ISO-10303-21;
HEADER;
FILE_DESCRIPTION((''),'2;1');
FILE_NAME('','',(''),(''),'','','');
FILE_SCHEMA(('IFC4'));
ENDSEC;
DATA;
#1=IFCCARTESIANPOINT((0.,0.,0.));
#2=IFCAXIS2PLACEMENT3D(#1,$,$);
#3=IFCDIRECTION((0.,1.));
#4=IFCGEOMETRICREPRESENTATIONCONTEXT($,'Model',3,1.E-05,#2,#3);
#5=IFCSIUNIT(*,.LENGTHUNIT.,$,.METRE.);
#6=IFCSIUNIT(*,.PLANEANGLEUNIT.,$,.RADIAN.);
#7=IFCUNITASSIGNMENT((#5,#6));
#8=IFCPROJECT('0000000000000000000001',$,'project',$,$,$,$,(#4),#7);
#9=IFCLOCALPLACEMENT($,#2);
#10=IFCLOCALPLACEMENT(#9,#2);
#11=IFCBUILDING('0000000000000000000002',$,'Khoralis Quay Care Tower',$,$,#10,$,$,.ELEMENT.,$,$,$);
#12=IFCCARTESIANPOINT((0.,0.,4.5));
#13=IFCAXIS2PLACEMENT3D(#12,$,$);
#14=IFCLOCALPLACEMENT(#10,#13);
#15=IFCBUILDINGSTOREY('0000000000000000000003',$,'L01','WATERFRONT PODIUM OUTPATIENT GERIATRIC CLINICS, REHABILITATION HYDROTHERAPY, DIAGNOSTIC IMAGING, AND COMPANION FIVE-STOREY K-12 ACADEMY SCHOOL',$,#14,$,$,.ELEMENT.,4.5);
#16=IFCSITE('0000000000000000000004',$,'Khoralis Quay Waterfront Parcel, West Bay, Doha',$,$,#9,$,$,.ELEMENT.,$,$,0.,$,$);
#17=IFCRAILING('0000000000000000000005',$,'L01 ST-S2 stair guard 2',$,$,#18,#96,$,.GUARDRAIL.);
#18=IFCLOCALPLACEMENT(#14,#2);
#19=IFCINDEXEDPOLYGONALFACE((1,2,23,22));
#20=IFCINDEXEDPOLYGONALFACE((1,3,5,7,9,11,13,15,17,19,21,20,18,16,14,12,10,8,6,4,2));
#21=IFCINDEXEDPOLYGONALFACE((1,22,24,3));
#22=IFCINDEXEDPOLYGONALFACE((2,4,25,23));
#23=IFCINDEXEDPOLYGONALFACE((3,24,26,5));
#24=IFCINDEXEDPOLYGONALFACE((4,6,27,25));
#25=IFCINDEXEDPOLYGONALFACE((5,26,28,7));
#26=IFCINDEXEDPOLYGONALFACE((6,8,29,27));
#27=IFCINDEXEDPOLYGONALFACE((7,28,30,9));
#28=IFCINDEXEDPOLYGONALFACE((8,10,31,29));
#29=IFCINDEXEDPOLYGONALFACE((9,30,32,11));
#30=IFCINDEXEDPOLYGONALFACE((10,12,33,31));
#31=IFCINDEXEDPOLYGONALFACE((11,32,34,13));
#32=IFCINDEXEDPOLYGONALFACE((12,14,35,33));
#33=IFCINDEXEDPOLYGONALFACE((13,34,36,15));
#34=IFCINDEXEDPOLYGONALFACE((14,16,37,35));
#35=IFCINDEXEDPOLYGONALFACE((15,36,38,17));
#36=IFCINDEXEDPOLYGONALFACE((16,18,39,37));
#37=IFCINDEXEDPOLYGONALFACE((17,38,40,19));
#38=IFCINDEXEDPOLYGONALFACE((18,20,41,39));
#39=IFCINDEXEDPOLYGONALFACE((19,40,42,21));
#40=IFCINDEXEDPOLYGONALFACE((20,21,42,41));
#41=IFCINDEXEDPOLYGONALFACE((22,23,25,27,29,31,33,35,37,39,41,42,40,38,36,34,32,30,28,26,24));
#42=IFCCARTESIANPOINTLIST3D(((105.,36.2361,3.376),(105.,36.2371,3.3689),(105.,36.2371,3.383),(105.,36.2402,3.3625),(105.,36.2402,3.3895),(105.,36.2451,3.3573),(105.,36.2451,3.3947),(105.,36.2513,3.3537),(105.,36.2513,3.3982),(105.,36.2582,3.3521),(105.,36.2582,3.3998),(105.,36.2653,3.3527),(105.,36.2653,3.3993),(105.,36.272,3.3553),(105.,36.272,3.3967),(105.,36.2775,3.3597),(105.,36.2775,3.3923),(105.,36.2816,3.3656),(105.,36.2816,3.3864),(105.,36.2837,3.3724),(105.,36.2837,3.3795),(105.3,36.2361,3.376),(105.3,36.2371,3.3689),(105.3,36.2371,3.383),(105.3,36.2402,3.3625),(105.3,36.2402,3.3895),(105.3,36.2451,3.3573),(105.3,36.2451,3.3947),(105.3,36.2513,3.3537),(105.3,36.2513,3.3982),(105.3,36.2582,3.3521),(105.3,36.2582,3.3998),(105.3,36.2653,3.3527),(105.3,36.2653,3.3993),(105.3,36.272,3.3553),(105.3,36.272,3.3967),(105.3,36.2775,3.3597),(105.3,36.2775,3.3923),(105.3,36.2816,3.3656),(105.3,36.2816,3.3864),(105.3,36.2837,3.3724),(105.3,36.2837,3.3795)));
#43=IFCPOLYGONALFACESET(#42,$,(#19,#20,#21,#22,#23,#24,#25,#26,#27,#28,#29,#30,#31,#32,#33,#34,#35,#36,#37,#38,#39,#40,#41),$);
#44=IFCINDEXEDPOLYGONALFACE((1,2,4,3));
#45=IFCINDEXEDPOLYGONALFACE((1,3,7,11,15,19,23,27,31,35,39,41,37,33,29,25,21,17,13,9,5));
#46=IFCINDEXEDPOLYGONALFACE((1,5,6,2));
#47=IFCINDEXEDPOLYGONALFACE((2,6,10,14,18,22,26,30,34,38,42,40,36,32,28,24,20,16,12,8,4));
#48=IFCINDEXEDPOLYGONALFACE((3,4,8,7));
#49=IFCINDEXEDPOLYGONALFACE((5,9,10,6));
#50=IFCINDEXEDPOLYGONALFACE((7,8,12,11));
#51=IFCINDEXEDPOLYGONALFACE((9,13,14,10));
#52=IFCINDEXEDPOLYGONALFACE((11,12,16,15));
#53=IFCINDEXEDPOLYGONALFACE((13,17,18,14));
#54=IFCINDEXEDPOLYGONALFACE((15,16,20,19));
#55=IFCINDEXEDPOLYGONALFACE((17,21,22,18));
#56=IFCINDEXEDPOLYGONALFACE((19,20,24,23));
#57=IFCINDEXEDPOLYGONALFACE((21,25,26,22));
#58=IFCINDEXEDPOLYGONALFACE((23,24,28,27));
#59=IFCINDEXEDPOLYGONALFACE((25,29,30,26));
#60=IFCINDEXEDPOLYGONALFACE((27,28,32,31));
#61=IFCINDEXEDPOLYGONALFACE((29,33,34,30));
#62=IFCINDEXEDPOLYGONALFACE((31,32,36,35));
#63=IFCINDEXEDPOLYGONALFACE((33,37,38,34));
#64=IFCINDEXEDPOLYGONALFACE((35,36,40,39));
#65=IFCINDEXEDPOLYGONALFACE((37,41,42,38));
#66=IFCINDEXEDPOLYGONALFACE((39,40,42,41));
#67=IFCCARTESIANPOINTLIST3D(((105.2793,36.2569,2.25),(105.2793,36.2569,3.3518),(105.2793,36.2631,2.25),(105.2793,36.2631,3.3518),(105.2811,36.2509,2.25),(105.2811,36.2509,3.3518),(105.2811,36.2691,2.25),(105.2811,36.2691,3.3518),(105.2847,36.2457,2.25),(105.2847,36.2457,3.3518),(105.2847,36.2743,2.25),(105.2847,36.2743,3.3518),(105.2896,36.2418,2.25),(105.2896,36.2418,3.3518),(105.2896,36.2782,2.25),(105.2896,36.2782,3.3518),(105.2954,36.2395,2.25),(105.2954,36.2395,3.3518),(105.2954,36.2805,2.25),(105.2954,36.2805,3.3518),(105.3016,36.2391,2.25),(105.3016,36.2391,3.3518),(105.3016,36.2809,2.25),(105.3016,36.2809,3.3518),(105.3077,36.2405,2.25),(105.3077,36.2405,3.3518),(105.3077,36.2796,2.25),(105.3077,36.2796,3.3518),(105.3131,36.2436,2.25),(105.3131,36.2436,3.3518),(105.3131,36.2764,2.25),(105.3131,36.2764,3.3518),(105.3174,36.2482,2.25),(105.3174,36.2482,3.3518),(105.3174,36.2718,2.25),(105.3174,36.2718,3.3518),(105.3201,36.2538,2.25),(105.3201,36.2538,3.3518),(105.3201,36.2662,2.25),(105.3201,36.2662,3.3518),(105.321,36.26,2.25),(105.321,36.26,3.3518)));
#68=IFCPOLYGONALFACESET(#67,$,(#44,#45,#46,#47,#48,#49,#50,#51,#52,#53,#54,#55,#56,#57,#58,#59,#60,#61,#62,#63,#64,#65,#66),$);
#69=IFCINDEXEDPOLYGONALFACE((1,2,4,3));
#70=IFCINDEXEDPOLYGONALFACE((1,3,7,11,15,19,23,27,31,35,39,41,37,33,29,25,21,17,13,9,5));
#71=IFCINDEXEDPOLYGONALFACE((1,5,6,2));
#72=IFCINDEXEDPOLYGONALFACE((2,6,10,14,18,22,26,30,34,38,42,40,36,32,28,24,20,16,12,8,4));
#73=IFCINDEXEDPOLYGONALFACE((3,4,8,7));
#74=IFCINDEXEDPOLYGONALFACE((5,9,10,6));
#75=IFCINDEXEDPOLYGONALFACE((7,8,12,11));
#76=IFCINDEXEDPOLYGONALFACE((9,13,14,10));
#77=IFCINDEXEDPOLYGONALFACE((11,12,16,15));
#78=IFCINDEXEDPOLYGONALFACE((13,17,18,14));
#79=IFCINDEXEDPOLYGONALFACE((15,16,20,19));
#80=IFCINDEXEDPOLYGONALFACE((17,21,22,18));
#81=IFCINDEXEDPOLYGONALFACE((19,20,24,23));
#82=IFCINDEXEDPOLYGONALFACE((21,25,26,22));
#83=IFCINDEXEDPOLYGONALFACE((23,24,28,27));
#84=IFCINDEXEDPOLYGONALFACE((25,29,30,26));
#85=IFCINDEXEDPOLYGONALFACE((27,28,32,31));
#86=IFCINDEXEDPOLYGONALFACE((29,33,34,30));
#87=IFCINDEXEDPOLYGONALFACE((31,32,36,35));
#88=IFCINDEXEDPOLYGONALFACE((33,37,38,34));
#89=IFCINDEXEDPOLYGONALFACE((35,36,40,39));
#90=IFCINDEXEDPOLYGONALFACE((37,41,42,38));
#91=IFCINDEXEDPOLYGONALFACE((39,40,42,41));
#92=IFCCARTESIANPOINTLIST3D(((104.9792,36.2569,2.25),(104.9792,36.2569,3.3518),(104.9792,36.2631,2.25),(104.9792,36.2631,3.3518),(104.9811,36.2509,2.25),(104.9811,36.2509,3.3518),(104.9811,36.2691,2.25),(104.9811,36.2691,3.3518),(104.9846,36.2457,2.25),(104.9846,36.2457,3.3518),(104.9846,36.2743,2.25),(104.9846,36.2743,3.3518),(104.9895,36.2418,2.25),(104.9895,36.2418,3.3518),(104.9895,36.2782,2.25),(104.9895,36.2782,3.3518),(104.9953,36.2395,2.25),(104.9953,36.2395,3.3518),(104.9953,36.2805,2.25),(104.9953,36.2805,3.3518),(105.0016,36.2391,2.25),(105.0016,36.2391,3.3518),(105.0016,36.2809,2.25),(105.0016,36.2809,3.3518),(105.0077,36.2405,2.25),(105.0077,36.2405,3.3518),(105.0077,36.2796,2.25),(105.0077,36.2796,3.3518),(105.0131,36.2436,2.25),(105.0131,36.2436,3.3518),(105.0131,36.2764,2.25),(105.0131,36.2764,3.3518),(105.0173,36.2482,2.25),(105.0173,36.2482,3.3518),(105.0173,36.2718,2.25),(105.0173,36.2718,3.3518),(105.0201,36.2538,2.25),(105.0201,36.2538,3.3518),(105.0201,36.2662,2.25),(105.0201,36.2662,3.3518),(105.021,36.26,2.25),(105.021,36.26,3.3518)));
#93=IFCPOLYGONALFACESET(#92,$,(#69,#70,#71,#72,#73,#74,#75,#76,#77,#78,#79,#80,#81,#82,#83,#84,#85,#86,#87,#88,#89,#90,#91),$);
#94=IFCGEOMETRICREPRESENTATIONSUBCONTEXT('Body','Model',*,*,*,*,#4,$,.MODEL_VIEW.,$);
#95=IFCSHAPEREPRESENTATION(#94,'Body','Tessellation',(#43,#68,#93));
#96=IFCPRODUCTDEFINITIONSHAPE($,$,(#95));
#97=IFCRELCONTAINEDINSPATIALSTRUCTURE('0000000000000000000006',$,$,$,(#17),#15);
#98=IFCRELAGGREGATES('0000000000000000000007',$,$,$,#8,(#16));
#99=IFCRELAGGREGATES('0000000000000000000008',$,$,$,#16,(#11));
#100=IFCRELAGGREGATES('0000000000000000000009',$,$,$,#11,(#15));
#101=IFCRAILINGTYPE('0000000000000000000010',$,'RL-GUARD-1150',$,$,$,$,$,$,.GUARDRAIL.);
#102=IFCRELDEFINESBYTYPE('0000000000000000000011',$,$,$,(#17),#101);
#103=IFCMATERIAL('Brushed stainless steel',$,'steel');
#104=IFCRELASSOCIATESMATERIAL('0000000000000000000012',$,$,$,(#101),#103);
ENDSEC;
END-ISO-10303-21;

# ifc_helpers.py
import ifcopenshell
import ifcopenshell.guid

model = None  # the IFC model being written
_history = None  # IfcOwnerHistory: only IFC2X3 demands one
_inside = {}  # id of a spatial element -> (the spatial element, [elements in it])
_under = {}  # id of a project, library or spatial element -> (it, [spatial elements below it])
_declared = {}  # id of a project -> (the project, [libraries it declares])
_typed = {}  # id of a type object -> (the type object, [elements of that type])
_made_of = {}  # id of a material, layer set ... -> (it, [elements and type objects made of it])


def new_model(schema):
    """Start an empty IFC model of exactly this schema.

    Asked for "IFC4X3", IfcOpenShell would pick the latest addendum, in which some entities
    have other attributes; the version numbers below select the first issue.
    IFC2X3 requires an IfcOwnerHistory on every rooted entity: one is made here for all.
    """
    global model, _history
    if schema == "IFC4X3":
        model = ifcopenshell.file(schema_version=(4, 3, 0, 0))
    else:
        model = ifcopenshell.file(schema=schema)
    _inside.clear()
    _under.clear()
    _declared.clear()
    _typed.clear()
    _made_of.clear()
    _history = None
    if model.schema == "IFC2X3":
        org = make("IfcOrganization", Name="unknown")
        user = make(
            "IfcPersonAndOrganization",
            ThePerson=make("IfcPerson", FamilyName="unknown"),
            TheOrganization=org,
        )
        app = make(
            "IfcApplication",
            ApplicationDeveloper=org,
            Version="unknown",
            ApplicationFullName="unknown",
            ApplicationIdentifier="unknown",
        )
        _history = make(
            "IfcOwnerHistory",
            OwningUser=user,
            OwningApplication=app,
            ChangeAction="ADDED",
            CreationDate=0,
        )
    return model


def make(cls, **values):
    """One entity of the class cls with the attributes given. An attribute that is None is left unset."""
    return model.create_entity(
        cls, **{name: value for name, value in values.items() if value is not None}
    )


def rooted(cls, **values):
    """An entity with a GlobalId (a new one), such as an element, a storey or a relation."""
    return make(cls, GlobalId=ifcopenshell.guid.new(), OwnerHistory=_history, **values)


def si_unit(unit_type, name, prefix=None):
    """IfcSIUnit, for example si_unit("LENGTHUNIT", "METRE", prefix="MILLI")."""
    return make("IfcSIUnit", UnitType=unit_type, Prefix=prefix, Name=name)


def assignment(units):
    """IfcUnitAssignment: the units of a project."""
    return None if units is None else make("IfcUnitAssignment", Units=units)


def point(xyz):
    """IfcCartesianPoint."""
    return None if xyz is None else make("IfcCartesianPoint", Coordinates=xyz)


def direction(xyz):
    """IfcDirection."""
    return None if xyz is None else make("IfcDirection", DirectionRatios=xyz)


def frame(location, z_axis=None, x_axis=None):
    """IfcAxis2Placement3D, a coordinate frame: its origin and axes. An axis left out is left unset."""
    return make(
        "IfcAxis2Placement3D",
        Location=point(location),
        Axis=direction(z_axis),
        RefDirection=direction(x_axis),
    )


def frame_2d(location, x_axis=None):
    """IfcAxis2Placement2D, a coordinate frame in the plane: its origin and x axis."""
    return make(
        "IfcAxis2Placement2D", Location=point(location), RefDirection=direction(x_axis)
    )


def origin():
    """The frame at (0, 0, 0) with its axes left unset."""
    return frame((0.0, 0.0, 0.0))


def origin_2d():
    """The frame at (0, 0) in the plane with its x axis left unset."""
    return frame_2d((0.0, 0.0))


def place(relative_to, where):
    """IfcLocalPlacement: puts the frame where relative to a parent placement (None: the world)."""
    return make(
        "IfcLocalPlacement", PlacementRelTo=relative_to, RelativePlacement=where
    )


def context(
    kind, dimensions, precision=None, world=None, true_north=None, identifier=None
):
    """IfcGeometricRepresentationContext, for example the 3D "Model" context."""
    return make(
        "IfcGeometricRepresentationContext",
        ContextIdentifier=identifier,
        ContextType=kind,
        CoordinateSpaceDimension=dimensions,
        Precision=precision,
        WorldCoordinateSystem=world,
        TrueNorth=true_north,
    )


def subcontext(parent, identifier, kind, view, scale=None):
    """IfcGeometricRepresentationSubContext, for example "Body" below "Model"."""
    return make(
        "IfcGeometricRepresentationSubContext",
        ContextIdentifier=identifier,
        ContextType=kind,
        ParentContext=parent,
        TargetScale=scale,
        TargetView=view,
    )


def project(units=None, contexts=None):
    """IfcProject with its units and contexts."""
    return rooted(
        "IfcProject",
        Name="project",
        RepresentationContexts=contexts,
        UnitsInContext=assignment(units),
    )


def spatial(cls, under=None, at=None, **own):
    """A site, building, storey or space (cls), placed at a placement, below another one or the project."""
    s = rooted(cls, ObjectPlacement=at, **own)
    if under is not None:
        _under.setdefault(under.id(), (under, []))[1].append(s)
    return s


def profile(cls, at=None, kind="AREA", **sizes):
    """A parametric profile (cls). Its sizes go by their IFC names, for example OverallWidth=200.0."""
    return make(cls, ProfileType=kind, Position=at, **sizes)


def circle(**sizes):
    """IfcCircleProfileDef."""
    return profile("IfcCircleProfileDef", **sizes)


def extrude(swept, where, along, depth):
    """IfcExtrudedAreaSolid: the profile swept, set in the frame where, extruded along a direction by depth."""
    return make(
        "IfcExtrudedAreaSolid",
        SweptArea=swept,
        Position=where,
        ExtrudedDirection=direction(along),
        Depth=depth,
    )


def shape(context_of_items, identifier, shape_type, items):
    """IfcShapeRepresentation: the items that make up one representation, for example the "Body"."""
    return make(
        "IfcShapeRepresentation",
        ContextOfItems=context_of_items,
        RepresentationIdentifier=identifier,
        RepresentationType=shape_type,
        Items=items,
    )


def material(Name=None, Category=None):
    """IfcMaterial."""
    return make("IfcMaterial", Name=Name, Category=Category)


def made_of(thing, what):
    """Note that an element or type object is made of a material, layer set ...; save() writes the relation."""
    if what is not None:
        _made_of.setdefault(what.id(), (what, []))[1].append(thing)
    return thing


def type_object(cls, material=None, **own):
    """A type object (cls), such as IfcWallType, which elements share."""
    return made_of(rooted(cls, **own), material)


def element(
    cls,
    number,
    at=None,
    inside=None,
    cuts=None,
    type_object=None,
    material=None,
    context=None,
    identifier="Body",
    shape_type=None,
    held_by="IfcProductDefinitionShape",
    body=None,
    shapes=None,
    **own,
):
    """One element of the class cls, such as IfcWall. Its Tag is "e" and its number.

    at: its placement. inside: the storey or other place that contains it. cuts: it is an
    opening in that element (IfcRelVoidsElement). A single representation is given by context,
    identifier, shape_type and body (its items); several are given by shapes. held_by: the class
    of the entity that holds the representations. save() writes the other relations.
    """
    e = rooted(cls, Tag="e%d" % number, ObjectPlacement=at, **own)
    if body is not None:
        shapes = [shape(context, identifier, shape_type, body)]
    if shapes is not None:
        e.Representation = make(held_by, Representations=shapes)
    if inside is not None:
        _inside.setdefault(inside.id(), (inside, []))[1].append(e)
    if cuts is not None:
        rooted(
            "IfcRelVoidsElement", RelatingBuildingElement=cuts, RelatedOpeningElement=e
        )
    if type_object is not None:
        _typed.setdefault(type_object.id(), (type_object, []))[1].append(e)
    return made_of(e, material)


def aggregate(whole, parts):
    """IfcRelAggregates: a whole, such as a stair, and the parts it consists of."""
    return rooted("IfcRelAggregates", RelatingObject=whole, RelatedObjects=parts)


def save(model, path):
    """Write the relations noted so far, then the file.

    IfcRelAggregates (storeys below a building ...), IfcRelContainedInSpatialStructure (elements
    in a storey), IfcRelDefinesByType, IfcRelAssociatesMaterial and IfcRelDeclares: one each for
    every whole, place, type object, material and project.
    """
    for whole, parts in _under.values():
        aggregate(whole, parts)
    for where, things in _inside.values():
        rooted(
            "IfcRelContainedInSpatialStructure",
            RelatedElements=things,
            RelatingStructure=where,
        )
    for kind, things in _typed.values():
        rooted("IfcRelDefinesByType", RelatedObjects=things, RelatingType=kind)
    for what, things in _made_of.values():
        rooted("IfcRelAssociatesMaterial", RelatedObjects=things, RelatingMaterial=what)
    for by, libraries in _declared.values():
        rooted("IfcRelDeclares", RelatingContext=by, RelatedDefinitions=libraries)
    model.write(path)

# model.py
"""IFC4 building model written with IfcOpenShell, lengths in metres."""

from ifc_helpers import new_model, si_unit, direction, frame, origin, origin_2d, place, context, subcontext, project, spatial, circle, extrude, material, type_object, element, save


model = new_model("IFC4")

# Units and contexts
model_context = context("Model", 3, precision=1e-05, world=origin(), true_north=direction((0.0, 1.0)))
body_context = subcontext(model_context, "Body", "Model", "MODEL_VIEW")
ifc_project = project(units=[si_unit("LENGTHUNIT", "METRE"), si_unit("PLANEANGLEUNIT", "RADIAN")], contexts=[model_context])

# Site, building, storey
site_placement = place(None, origin())
site = spatial("IfcSite", under=ifc_project, at=site_placement, Name="Khoralis Quay Waterfront Parcel, West Bay, Doha", CompositionType="ELEMENT", RefElevation=0.0)
building_placement = place(site_placement, origin())
building = spatial("IfcBuilding", under=site, at=building_placement, Name="Khoralis Quay Care Tower", CompositionType="ELEMENT")
storey_placement = place(building_placement, frame((0.0, 0.0, 4.5)))
storey = spatial("IfcBuildingStorey", under=building, at=storey_placement, Name="L01", Description="WATERFRONT PODIUM OUTPATIENT GERIATRIC CLINICS, REHABILITATION HYDROTHERAPY, DIAGNOSTIC IMAGING, AND COMPANION FIVE-STOREY K-12 ACADEMY SCHOOL", CompositionType="ELEMENT", Elevation=4.5)

# Railing
ifc_material_1 = material(Name="Brushed stainless steel", Category="steel")
railing_type_1 = type_object("IfcRailingType", Name="RL-GUARD-1150", PredefinedType="GUARDRAIL", material=ifc_material_1)
railing_1_placement = place(storey_placement, frame((105.3, 36.26, 2.25)))
element("IfcRailing", 1, at=railing_1_placement, inside=storey, type_object=railing_type_1, Name="L01 ST-S2 stair guard 2", PredefinedType="GUARDRAIL", context=body_context, shape_type="SweptSolid", body=[
    extrude(circle(Radius=0.0239, at=origin_2d()), frame((0.0, 0.0, 1.126), z_axis=(-1.0, 0.0, 0.0), x_axis=(0.0, -1.0, 0.0)), (0.0, 0.0, 1.0), 0.3),
    extrude(circle(Radius=0.021, at=origin_2d()), origin(), (0.0, 0.0, 1.0), 1.1018),
    extrude(circle(Radius=0.021, at=origin_2d()), frame((-0.3, 0.0, 0.0)), (0.0, 0.0, 1.0), 1.1018),
])

save(model, "model.ifc")
